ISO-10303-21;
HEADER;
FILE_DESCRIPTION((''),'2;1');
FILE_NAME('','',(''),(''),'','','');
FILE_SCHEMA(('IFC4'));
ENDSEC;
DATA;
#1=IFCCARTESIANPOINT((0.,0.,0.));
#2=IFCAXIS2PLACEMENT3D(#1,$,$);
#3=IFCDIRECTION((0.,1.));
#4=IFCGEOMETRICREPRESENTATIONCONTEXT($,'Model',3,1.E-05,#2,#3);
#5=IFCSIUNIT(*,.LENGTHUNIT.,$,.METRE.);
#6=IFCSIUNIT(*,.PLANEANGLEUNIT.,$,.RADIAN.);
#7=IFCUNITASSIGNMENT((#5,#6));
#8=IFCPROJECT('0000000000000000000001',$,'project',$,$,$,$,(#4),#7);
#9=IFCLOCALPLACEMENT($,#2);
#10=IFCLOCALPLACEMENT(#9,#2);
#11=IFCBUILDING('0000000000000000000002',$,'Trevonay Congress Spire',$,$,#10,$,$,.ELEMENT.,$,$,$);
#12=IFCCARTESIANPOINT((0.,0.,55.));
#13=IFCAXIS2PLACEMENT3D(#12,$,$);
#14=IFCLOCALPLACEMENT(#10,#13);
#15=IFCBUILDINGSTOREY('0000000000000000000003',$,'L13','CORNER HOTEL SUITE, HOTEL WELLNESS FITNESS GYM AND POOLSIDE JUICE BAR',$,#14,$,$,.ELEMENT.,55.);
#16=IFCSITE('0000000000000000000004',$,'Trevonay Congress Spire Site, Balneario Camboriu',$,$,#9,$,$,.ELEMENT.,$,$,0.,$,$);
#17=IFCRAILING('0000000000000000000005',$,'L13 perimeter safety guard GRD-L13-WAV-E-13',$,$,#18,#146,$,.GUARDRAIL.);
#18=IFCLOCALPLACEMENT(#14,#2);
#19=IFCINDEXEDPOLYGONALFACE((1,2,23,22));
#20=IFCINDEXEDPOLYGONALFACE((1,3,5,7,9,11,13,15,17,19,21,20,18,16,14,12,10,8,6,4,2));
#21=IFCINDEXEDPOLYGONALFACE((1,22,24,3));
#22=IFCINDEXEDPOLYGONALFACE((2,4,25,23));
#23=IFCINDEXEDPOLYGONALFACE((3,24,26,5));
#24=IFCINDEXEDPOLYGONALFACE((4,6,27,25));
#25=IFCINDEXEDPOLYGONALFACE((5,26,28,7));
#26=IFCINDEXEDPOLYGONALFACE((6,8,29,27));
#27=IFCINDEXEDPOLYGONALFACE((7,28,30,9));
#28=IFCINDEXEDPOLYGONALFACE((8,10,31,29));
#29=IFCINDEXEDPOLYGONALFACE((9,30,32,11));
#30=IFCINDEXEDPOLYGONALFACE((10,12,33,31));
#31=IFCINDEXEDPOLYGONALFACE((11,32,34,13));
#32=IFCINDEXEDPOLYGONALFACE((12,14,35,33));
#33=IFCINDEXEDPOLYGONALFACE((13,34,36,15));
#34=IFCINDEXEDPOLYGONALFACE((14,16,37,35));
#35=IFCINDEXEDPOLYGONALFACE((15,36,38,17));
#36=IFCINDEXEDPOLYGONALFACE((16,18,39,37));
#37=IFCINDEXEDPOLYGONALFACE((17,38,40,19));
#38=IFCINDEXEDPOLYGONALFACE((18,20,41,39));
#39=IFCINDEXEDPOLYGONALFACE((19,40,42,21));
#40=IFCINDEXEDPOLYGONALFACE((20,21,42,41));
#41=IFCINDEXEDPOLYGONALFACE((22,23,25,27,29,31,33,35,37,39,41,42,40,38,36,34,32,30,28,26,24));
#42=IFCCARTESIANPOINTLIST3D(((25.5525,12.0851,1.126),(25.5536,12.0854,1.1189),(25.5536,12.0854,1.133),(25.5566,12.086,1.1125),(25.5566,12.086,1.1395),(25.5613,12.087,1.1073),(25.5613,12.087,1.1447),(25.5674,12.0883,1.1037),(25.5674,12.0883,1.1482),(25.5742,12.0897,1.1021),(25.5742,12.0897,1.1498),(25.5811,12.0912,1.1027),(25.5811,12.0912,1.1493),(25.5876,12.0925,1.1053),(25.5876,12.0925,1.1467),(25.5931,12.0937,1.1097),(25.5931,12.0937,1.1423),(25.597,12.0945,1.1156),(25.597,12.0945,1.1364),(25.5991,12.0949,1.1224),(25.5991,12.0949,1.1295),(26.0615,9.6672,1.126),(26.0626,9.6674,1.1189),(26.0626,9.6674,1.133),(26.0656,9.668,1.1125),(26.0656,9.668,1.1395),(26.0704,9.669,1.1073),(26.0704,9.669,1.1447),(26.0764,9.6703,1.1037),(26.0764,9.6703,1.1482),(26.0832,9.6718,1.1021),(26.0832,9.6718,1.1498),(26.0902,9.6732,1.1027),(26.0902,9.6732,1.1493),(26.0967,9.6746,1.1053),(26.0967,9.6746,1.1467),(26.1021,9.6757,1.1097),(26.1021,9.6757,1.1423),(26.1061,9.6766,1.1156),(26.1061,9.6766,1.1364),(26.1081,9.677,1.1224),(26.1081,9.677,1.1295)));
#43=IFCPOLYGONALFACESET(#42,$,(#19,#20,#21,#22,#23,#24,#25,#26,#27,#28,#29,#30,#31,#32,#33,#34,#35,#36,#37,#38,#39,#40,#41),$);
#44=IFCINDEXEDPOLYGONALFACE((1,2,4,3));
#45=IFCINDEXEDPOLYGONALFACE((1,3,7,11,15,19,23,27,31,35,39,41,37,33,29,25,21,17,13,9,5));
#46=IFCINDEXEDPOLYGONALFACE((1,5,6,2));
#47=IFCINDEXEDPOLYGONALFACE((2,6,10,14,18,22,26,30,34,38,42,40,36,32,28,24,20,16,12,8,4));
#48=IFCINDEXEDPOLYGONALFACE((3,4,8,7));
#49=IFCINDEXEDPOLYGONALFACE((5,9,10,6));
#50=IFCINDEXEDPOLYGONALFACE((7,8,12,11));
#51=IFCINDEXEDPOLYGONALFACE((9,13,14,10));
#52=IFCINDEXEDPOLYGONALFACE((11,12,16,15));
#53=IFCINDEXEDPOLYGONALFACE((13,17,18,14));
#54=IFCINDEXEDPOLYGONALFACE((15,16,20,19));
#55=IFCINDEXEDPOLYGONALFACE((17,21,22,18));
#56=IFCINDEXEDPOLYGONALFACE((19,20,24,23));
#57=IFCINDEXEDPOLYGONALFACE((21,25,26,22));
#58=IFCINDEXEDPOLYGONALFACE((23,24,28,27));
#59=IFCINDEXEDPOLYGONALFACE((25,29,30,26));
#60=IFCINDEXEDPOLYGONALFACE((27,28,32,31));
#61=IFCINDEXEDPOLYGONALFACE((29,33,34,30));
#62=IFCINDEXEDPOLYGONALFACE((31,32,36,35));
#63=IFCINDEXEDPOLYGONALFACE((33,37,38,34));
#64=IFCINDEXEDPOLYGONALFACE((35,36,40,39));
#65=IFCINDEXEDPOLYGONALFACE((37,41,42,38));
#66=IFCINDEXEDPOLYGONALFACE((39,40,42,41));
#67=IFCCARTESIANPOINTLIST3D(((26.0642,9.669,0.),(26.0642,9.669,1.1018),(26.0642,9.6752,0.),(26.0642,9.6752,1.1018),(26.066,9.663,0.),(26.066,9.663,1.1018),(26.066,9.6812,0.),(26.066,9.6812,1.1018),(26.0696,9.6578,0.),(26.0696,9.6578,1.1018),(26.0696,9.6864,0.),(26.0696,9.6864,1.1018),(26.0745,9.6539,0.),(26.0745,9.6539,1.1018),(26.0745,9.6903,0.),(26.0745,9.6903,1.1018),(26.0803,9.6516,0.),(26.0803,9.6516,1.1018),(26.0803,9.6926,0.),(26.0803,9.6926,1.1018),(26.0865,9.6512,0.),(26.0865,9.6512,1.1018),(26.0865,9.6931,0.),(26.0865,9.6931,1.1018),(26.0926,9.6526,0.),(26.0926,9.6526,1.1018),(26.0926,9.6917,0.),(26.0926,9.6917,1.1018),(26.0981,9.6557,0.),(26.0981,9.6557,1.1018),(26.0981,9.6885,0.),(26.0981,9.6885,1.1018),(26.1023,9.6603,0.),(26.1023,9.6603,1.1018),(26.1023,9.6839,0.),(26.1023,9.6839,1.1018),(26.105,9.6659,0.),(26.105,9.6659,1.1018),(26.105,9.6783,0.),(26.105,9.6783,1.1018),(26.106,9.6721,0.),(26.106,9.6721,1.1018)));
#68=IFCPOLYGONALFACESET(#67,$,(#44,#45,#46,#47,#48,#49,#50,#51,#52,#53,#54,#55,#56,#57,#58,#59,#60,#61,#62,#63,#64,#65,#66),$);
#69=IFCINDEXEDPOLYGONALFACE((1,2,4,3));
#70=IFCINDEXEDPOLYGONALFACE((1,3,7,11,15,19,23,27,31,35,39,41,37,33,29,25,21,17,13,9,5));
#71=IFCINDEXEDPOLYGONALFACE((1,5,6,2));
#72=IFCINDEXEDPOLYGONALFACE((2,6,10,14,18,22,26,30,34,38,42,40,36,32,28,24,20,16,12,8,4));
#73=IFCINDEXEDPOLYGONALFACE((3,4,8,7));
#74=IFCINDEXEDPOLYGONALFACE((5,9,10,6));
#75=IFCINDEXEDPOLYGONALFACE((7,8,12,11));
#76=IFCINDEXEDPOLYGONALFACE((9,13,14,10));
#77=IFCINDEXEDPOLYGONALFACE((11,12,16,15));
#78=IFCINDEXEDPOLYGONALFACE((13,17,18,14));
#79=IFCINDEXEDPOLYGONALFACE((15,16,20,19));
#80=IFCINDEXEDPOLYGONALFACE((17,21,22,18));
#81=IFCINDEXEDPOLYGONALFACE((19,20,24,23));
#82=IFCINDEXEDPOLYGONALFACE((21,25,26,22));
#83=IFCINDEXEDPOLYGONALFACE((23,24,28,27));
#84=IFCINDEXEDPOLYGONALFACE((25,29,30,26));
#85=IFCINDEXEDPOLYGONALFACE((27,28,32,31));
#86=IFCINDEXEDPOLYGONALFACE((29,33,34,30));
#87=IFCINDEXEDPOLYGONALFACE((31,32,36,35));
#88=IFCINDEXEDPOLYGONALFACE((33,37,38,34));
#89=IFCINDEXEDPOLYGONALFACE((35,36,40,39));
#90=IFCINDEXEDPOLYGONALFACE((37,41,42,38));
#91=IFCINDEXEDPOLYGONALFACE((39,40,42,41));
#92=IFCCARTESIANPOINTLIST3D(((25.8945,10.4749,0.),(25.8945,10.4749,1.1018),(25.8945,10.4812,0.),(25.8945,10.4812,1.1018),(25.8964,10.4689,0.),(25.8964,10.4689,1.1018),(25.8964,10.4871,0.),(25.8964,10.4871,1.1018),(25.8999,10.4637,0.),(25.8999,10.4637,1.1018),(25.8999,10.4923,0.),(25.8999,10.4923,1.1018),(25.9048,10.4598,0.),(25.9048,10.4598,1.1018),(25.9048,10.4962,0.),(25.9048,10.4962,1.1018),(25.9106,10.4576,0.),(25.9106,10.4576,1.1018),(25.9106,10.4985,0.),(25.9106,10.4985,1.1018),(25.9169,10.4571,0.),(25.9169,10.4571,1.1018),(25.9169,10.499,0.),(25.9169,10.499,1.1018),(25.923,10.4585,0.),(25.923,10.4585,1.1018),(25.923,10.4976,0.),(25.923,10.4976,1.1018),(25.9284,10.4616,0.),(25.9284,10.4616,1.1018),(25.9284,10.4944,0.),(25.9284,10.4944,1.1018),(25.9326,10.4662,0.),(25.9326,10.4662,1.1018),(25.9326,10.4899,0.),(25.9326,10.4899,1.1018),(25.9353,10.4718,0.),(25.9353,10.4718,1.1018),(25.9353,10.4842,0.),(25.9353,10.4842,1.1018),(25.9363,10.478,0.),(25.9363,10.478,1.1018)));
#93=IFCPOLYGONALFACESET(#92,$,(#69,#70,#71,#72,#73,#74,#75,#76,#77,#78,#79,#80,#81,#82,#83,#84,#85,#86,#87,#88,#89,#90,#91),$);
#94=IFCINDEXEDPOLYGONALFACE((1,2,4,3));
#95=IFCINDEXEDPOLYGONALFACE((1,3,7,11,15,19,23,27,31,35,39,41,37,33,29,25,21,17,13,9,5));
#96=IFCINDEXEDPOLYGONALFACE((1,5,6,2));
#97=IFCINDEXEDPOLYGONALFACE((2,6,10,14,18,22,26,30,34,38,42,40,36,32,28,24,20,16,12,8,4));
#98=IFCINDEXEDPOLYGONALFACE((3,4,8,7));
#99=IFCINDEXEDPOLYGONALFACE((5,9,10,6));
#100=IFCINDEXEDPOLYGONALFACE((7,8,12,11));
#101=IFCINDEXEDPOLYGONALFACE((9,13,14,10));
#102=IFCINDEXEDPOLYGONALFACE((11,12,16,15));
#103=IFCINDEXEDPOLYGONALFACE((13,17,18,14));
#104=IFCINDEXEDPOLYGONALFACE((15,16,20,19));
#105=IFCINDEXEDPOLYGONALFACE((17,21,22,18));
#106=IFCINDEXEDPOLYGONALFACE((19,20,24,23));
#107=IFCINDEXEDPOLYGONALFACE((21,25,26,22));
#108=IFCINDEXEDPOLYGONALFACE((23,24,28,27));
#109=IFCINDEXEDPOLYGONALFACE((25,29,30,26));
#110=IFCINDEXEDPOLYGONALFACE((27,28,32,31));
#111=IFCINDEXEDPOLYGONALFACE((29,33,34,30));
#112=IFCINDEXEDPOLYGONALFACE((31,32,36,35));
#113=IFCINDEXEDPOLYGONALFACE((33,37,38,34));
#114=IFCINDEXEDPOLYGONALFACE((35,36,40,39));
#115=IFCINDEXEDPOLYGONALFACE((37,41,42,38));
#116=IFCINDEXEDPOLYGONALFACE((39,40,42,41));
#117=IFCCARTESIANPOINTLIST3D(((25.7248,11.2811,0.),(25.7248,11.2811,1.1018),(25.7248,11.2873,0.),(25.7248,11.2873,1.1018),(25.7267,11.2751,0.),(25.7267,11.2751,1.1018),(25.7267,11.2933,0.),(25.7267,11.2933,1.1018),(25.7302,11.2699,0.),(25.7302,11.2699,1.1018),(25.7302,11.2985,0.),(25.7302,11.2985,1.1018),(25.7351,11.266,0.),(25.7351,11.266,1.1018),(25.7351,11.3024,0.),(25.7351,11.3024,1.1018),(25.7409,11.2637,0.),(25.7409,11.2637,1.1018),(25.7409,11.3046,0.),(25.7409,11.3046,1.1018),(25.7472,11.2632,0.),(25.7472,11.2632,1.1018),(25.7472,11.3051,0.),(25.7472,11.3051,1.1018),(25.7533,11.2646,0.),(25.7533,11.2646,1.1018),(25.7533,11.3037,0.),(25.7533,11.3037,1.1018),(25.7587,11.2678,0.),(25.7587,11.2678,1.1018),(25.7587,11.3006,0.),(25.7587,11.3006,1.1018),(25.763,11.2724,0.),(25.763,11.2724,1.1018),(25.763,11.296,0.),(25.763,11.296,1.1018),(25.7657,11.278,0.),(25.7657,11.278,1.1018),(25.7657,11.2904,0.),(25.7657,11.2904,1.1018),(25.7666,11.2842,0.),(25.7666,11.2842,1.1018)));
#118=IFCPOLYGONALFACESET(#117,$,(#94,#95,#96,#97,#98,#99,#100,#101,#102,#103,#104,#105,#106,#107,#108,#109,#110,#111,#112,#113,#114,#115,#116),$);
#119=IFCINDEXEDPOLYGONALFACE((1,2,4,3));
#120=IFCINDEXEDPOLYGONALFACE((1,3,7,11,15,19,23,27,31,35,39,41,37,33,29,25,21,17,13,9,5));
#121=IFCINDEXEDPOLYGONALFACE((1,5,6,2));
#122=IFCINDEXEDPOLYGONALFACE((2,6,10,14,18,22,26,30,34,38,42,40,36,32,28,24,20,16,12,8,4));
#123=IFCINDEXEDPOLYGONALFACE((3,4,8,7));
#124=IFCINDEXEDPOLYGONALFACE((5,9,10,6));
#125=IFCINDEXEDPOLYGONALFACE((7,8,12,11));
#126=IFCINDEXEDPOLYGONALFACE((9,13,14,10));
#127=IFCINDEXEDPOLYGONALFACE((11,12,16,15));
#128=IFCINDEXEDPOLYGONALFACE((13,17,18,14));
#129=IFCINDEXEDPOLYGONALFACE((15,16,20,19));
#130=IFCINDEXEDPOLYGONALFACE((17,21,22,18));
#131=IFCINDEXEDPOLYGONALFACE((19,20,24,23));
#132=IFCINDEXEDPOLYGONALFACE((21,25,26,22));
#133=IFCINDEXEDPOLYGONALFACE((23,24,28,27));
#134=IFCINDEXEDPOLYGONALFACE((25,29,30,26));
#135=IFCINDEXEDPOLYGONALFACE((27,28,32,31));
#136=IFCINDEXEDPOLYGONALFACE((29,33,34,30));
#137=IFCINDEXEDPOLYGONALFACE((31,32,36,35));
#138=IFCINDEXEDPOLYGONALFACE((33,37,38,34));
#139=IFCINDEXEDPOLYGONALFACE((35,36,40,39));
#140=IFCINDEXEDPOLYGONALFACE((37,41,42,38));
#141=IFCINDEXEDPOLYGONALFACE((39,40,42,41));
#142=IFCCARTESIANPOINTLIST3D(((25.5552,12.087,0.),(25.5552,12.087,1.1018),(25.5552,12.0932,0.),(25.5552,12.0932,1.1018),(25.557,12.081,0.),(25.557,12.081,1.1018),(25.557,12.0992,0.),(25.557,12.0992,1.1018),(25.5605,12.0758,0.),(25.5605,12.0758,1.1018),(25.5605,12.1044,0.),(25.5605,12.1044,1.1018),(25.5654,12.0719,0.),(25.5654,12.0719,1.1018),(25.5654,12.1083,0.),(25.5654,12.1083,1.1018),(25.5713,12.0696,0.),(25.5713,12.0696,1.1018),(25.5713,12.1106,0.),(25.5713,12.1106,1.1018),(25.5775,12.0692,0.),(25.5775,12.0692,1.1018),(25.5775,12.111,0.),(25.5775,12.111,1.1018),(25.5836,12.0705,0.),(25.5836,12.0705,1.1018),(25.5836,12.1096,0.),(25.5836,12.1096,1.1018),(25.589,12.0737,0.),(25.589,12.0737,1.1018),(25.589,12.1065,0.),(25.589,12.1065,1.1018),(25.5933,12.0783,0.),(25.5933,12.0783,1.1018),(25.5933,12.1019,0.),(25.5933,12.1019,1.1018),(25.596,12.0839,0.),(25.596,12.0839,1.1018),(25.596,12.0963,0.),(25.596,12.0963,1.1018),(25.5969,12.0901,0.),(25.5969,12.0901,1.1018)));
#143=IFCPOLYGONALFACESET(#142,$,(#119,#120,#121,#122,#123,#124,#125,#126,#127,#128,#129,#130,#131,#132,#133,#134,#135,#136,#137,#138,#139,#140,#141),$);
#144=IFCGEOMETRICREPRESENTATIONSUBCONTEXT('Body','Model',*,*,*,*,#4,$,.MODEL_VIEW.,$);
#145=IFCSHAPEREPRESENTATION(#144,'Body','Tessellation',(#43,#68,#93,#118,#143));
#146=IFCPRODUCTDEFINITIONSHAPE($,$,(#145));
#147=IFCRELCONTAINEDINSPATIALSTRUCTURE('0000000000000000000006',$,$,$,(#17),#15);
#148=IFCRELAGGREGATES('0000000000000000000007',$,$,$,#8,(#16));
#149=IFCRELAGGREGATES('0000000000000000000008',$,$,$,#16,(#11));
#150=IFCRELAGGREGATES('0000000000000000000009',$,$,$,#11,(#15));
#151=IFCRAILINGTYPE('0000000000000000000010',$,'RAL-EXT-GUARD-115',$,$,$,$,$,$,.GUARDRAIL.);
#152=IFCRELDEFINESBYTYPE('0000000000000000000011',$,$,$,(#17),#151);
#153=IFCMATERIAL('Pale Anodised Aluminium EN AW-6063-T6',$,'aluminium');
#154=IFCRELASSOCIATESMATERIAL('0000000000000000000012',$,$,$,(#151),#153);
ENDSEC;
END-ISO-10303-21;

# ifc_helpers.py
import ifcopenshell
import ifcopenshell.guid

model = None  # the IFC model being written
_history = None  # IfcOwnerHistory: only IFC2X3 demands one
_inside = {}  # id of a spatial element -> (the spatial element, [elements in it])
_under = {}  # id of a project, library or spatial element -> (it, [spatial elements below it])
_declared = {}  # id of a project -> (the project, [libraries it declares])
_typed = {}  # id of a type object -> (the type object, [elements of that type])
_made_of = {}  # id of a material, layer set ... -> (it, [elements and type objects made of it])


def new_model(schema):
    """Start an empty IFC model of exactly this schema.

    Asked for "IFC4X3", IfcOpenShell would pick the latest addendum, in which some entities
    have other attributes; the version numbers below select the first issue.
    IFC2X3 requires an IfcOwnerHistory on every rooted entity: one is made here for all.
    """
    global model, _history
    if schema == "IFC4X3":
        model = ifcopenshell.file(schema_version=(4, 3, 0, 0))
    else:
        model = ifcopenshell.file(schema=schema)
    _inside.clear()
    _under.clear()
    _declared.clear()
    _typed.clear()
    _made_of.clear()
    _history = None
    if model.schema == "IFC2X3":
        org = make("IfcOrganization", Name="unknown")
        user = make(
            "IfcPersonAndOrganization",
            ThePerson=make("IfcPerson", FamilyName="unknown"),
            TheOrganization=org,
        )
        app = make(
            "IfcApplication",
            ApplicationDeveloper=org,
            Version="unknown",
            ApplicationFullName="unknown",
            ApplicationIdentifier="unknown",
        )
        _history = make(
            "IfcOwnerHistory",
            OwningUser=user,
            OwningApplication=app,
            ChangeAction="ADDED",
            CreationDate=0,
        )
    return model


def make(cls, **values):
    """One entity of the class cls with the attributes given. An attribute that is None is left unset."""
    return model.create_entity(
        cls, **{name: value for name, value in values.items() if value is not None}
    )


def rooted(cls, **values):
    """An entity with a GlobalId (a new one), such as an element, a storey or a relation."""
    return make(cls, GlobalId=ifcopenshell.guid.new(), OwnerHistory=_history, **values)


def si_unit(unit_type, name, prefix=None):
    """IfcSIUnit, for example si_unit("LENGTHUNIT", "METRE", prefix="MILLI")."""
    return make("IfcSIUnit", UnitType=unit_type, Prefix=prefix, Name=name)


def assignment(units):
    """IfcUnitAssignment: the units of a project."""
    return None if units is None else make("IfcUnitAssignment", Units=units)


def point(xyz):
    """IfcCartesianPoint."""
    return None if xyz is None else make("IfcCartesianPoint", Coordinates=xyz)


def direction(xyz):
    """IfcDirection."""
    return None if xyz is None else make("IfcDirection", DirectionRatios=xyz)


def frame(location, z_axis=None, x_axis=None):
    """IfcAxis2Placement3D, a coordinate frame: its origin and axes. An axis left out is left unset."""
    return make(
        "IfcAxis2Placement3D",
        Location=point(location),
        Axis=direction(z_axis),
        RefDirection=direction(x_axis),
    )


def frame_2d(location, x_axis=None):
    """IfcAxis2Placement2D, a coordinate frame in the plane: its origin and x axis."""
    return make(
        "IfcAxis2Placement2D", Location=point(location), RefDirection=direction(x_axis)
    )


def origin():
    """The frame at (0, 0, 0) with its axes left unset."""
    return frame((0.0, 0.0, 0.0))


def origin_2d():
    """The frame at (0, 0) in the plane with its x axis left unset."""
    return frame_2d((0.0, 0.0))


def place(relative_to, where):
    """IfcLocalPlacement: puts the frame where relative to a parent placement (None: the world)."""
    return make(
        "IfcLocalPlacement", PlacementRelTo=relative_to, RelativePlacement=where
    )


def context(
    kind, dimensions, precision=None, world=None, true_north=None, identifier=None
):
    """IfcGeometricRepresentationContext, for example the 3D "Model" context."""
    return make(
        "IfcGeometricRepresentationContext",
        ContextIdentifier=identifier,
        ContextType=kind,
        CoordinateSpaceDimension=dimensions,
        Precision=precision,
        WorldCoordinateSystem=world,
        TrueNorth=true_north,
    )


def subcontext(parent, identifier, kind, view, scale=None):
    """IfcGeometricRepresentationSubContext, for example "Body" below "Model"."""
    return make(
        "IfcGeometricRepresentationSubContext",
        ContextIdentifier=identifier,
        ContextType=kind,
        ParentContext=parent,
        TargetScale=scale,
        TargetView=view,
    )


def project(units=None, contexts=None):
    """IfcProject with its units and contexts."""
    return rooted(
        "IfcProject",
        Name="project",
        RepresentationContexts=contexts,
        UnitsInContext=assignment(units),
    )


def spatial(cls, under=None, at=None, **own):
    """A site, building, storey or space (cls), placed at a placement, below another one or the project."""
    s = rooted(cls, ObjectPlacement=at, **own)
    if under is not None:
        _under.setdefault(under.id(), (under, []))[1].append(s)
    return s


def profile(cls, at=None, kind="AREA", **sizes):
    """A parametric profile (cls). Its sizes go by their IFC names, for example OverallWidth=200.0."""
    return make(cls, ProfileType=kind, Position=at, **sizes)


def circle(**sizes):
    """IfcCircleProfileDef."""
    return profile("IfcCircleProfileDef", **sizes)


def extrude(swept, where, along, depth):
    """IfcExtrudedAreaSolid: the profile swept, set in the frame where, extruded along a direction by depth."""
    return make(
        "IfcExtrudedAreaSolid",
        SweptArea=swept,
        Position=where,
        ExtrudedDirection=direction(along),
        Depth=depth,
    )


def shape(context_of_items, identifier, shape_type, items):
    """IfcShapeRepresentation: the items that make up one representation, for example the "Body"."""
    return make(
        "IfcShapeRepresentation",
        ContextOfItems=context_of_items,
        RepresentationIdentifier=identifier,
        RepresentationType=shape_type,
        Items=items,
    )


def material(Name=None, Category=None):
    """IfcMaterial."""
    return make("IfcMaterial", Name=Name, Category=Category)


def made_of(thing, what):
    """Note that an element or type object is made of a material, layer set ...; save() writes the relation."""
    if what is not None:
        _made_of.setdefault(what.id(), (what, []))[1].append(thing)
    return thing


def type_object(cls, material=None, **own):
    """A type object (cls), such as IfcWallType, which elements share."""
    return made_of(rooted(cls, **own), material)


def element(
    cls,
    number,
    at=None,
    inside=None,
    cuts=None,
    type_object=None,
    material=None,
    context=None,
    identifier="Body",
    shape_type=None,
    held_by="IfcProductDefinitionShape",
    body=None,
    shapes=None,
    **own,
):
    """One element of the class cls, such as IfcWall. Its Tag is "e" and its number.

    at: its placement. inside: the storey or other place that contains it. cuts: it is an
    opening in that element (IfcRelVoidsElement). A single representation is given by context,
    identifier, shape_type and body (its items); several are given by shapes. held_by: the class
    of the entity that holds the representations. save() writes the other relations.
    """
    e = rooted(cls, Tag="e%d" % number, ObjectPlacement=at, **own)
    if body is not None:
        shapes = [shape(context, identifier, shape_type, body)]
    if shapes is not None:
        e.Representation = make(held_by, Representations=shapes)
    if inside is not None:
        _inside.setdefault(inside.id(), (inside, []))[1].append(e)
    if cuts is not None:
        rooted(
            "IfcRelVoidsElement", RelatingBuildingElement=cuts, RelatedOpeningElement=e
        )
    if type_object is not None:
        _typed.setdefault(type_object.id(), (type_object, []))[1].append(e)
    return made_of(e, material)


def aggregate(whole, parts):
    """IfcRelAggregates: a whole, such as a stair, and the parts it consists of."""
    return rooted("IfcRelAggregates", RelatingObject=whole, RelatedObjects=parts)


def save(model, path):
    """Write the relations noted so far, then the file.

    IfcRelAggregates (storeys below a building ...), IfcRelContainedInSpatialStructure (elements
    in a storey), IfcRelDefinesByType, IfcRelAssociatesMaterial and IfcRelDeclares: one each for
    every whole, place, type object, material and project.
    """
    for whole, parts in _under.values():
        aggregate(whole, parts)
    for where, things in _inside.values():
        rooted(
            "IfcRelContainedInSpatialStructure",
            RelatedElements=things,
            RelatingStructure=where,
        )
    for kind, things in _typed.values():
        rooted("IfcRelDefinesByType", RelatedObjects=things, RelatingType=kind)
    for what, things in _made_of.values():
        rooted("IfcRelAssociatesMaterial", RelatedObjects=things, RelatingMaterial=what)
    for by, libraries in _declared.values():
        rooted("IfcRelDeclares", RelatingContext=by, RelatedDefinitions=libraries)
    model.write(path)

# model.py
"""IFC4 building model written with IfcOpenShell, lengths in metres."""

from ifc_helpers import new_model, si_unit, direction, frame, origin, origin_2d, place, context, subcontext, project, spatial, circle, extrude, material, type_object, element, save


model = new_model("IFC4")

# Units and contexts
model_context = context("Model", 3, precision=1e-05, world=origin(), true_north=direction((0.0, 1.0)))
body_context = subcontext(model_context, "Body", "Model", "MODEL_VIEW")
ifc_project = project(units=[si_unit("LENGTHUNIT", "METRE"), si_unit("PLANEANGLEUNIT", "RADIAN")], contexts=[model_context])

# Site, building, storey
site_placement = place(None, origin())
site = spatial("IfcSite", under=ifc_project, at=site_placement, Name="Trevonay Congress Spire Site, Balneario Camboriu", CompositionType="ELEMENT", RefElevation=0.0)
building_placement = place(site_placement, origin())
building = spatial("IfcBuilding", under=site, at=building_placement, Name="Trevonay Congress Spire", CompositionType="ELEMENT")
storey_placement = place(building_placement, frame((0.0, 0.0, 55.0)))
storey = spatial("IfcBuildingStorey", under=building, at=storey_placement, Name="L13", Description="CORNER HOTEL SUITE, HOTEL WELLNESS FITNESS GYM AND POOLSIDE JUICE BAR", CompositionType="ELEMENT", Elevation=55.0)

# Shared definitions
ifc_material_1 = material(Name="Pale Anodised Aluminium EN AW-6063-T6", Category="aluminium")

# Railing
railing_type = type_object("IfcRailingType", Name="RAL-EXT-GUARD-115", PredefinedType="GUARDRAIL", material=ifc_material_1)
railing_1_placement = place(storey_placement, frame((26.085, 9.6721, 0.0)))
element("IfcRailing", 1, at=railing_1_placement, inside=storey, type_object=railing_type, Name="L13 perimeter safety guard GRD-L13-WAV-E-13", PredefinedType="GUARDRAIL", context=body_context, shape_type="SweptSolid", body=[
    extrude(circle(Radius=0.0239, at=origin_2d()), frame((0.0, 0.0, 1.126), z_axis=(-0.206006, 0.978551, 0.0), x_axis=(-0.978551, -0.206006, 0.0)), (0.0, 0.0, 1.0), 2.4709),
    extrude(circle(Radius=0.021, at=origin_2d()), origin(), (0.0, 0.0, 1.0), 1.1018),
    extrude(circle(Radius=0.021, at=origin_2d()), frame((-0.1697, 0.8059, 0.0)), (0.0, 0.0, 1.0), 1.1018),
    extrude(circle(Radius=0.021, at=origin_2d()), frame((-0.3394, 1.6121, 0.0)), (0.0, 0.0, 1.0), 1.1018),
    extrude(circle(Radius=0.021, at=origin_2d()), frame((-0.509, 2.418, 0.0)), (0.0, 0.0, 1.0), 1.1018),
])

save(model, "model.ifc")
